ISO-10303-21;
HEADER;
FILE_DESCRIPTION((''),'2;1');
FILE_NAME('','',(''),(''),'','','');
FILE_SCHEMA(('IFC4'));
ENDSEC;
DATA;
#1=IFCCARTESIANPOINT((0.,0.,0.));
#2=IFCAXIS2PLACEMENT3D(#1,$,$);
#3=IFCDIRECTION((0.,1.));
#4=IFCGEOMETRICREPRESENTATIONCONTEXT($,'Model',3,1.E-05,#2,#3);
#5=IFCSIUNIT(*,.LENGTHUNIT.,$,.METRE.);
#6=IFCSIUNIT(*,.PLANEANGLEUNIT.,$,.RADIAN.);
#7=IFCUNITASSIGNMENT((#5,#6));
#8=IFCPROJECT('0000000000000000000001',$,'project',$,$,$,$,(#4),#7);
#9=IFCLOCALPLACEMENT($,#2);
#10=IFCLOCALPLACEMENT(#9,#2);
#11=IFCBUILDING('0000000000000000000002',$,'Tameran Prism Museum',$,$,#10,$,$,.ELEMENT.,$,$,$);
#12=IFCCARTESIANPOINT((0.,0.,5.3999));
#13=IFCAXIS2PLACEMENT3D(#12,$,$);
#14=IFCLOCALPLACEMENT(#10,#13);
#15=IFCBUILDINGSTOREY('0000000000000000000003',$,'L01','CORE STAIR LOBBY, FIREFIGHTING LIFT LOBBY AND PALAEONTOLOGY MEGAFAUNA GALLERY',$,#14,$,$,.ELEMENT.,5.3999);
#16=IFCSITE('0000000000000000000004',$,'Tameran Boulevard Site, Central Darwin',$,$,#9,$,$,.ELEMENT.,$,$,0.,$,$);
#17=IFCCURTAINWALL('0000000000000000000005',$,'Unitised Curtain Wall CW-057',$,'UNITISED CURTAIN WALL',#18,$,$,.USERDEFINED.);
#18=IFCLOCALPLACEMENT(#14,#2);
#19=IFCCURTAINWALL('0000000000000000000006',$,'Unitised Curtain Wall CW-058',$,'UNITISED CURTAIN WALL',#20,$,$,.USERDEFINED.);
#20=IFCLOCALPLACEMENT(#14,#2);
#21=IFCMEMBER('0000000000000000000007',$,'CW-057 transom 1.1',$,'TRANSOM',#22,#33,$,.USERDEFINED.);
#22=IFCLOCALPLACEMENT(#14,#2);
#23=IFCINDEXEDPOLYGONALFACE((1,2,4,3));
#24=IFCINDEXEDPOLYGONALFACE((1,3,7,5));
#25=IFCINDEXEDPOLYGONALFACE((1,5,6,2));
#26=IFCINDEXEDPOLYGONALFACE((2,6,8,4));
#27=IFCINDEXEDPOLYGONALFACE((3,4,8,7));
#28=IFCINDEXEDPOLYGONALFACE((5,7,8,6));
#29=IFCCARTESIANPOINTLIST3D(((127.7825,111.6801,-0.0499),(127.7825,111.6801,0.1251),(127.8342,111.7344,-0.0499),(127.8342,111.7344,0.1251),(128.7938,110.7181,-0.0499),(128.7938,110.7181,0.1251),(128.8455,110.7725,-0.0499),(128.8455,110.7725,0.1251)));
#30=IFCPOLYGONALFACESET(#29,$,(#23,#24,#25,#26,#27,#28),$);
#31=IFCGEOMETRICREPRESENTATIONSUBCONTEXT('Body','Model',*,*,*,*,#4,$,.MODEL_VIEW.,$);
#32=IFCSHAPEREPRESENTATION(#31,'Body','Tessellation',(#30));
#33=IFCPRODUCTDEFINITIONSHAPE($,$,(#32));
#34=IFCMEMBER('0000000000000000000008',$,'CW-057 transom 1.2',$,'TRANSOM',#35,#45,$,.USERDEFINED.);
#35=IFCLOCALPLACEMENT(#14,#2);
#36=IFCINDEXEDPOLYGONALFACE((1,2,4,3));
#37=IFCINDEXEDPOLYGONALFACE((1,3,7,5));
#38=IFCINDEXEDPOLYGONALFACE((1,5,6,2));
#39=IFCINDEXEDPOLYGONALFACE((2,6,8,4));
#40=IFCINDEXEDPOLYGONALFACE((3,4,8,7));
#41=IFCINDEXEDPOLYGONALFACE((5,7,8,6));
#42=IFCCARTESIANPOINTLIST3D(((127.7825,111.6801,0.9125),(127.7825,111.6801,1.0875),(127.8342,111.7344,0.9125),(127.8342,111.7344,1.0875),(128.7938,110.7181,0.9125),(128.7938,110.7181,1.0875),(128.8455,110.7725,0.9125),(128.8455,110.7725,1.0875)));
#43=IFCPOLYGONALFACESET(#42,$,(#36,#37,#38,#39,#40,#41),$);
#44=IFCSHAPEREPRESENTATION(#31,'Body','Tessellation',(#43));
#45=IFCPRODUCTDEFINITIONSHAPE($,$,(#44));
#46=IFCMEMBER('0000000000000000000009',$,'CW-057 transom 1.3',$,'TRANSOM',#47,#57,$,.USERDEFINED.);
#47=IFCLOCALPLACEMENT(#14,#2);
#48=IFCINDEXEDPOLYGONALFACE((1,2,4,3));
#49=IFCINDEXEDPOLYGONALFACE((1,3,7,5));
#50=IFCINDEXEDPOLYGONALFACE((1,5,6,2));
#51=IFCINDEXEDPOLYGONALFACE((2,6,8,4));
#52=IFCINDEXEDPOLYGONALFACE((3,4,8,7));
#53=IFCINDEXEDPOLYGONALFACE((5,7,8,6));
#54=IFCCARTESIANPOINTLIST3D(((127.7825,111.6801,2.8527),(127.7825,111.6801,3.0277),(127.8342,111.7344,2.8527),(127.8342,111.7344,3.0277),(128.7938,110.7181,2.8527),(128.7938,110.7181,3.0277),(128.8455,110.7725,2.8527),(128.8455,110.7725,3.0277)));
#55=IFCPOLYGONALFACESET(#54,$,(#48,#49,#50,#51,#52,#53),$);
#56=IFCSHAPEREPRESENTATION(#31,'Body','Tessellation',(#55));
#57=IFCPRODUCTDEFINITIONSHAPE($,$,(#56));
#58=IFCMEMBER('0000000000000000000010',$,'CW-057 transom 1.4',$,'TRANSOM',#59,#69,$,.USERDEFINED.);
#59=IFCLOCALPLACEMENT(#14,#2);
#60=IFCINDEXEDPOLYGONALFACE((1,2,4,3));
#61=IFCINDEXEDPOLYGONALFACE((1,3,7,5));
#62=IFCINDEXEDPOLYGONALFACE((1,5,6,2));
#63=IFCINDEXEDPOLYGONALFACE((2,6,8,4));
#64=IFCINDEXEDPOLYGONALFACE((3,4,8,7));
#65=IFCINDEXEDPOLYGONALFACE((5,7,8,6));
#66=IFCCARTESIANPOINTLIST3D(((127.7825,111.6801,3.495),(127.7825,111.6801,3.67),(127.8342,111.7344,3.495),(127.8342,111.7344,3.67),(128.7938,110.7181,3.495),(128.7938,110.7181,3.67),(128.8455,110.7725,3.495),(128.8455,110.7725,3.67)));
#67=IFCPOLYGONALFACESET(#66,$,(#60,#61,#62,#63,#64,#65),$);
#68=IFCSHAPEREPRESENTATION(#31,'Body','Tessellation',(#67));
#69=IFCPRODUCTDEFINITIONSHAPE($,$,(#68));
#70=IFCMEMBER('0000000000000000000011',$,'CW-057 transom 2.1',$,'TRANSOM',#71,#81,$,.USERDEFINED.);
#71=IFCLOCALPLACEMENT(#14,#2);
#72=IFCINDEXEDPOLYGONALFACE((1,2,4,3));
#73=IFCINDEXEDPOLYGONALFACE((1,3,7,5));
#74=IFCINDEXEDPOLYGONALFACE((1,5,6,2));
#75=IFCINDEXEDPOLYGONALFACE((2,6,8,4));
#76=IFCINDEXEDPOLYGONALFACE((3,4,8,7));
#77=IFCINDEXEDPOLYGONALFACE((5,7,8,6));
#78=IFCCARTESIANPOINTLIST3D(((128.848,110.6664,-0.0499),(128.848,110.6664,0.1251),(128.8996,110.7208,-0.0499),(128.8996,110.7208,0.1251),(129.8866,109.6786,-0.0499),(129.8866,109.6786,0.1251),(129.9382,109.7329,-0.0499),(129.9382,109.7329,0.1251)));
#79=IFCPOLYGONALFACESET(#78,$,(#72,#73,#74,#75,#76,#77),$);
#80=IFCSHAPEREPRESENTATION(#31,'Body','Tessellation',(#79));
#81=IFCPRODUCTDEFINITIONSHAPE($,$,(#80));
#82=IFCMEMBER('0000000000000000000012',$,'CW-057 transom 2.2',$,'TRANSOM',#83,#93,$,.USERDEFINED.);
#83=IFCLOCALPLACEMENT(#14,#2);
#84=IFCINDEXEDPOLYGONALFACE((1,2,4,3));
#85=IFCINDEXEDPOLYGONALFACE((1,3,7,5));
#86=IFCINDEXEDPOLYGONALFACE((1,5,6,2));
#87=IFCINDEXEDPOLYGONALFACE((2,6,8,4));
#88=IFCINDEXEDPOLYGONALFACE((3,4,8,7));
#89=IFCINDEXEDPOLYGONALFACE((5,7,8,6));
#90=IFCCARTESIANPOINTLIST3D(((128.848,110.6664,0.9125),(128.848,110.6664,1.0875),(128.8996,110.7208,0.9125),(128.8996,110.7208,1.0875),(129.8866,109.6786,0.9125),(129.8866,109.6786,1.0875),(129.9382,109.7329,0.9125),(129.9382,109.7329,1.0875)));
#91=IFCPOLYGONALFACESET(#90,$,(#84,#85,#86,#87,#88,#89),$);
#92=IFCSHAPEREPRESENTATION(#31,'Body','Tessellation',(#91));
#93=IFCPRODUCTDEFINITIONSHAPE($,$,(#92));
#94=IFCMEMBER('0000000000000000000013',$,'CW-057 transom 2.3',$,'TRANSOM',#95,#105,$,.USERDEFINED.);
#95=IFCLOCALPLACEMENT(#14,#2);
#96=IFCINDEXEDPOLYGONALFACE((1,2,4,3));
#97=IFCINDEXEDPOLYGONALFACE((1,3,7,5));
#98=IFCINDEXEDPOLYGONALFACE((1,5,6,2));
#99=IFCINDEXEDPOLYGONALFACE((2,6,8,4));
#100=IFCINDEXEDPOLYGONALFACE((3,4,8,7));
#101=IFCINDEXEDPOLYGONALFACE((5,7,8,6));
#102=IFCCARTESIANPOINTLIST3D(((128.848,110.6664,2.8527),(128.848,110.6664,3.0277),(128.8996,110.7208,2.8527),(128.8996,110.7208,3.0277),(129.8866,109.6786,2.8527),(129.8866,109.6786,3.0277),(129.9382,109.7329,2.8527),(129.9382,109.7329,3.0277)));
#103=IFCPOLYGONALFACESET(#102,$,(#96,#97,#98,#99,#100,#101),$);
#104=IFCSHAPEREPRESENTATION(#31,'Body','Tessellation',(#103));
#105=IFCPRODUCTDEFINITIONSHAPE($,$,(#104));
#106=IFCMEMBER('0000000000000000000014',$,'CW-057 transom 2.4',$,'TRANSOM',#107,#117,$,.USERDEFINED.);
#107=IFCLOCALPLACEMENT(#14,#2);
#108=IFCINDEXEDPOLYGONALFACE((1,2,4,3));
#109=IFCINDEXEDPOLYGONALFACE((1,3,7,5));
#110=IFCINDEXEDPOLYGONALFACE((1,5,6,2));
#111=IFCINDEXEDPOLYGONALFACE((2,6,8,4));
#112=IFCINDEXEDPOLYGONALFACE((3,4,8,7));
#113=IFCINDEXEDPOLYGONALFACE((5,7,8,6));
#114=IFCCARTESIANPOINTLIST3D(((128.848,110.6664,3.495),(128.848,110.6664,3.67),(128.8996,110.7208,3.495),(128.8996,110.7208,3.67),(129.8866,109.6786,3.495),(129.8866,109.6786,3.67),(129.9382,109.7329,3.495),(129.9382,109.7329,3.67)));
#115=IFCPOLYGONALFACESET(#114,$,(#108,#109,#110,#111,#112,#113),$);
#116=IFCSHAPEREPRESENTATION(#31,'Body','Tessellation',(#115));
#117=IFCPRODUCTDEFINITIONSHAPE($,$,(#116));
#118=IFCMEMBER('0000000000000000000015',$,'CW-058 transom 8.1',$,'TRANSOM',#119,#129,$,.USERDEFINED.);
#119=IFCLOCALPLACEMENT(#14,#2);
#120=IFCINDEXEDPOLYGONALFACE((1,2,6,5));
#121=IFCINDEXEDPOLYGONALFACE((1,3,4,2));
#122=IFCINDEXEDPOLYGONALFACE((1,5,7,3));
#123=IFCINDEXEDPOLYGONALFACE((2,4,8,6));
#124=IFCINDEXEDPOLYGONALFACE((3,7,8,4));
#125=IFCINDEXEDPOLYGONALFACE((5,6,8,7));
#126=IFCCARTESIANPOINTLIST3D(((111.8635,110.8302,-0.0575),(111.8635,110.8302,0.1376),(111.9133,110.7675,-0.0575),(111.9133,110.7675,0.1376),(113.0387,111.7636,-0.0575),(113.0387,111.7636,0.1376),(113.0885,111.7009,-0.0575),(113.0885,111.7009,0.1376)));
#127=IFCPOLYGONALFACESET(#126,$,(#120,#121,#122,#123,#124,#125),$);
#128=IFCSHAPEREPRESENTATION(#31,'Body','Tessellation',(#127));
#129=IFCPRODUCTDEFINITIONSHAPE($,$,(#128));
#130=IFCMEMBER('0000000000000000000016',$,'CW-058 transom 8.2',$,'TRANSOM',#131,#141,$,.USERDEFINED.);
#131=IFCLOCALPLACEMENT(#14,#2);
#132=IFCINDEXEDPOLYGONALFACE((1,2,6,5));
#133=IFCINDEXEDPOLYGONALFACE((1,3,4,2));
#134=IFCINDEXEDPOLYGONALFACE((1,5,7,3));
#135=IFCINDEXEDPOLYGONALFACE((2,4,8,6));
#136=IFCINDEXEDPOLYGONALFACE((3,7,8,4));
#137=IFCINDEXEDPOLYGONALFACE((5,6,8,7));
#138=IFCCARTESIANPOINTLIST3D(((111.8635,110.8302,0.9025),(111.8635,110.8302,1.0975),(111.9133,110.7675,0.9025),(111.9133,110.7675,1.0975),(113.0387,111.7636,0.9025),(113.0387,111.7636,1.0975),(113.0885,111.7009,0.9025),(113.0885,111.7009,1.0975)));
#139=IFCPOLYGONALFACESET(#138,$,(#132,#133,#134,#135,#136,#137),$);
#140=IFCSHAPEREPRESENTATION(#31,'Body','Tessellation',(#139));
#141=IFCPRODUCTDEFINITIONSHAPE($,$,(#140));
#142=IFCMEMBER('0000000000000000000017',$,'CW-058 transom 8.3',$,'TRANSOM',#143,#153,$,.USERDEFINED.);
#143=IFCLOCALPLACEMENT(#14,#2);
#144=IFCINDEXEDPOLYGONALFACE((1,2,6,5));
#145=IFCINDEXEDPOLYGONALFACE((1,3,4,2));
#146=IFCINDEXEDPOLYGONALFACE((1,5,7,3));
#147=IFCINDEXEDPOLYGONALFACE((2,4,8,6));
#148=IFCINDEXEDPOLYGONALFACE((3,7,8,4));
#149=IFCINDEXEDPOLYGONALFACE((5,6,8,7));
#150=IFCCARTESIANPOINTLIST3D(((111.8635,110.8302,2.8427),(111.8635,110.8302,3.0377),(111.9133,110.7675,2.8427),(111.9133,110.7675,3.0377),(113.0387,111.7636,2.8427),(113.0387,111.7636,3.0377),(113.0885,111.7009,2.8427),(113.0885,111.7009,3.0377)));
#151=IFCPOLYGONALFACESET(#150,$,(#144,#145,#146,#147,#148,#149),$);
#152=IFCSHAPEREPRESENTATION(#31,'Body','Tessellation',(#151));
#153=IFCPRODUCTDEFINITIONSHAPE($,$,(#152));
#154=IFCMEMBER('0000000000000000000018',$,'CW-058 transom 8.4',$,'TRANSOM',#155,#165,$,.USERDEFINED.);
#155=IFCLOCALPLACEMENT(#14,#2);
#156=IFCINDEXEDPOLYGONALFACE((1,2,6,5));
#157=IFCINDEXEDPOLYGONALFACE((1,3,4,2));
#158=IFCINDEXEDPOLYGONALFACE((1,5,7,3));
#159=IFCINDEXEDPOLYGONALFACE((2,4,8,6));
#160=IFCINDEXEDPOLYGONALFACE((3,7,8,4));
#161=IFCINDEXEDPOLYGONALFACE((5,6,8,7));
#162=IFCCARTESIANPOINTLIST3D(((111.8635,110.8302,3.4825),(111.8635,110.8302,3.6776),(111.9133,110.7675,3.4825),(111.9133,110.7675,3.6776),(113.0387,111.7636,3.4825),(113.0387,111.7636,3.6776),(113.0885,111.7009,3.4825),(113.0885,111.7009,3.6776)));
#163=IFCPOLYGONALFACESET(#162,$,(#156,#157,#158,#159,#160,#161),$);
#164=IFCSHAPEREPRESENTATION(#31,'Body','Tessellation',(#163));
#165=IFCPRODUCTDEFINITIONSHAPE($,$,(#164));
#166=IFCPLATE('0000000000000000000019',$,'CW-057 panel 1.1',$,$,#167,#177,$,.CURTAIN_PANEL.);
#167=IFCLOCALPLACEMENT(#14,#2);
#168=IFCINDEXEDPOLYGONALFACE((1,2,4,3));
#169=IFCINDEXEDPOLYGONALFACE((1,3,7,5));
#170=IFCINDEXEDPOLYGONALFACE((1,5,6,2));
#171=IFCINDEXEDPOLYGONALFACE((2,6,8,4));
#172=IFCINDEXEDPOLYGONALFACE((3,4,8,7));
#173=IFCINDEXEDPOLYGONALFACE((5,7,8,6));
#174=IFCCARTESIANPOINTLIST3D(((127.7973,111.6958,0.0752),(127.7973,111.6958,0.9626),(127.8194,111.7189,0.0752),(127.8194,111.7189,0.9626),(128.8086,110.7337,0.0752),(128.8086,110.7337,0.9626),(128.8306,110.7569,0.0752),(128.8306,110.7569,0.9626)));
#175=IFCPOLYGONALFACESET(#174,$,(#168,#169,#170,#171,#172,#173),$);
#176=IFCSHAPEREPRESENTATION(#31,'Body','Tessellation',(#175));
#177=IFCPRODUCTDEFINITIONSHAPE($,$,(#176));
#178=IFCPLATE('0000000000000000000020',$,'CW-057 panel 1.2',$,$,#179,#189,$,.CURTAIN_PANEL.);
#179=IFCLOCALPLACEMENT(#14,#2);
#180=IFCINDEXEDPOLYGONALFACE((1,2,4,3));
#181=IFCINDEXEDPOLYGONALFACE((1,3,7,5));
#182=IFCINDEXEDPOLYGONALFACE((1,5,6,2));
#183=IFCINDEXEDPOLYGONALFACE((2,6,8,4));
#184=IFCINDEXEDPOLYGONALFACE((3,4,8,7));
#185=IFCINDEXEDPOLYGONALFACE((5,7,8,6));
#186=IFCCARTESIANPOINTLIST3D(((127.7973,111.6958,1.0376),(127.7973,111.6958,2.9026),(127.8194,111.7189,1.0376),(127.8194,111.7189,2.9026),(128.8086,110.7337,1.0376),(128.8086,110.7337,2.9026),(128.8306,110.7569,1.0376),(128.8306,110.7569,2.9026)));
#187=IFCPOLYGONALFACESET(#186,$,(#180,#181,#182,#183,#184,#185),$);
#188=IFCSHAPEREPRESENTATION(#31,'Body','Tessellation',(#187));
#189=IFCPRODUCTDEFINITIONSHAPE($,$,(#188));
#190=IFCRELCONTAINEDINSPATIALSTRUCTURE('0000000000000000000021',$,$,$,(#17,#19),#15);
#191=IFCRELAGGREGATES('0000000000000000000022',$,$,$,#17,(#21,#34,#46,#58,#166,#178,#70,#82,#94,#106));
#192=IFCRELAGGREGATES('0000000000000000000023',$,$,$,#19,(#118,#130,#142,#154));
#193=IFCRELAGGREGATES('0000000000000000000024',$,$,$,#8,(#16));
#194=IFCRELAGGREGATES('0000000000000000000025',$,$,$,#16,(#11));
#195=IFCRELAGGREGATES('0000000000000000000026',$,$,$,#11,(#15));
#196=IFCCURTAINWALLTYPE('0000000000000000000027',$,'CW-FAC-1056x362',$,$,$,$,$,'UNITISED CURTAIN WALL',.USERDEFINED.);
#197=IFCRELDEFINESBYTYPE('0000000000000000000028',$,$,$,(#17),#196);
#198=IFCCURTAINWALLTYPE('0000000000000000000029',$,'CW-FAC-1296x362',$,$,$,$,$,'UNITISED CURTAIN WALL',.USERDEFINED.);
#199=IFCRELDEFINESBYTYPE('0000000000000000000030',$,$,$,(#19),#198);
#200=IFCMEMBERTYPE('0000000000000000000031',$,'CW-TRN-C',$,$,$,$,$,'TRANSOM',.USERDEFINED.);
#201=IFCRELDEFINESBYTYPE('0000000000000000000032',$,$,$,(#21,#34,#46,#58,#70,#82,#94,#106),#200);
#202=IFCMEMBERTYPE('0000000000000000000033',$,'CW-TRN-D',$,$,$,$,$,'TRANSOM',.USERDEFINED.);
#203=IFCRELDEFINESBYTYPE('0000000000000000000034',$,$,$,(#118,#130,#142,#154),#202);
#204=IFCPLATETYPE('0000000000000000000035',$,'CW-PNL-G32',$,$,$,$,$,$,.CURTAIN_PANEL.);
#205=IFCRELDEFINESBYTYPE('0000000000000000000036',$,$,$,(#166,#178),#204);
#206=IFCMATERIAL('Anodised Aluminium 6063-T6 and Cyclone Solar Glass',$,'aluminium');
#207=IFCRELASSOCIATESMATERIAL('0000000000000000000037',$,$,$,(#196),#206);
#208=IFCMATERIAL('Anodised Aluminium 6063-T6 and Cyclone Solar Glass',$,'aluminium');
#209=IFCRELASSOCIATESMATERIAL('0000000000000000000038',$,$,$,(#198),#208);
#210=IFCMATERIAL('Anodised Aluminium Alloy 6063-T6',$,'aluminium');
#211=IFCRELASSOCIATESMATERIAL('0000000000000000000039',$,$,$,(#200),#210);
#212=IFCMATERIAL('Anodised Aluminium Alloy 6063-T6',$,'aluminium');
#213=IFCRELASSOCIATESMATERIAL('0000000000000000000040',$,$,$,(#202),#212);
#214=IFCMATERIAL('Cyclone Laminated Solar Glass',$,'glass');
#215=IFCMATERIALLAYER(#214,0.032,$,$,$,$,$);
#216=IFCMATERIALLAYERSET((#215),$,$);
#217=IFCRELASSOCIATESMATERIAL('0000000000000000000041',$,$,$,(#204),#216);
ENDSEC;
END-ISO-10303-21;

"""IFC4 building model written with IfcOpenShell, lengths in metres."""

from ifc_helpers import new_model, si_unit, direction, frame, origin, origin_2d, place, context, subcontext, project, spatial, rectangle, extrude, material, layer, layer_set, material_profile, profile_set, type_object, element, aggregate, save


model = new_model("IFC4")

# Units and contexts
model_context = context("Model", 3, precision=1e-05, world=origin(), true_north=direction((0.0, 1.0)))
body_context = subcontext(model_context, "Body", "Model", "MODEL_VIEW")
ifc_project = project(units=[si_unit("LENGTHUNIT", "METRE"), si_unit("PLANEANGLEUNIT", "RADIAN")], contexts=[model_context])

# Site, building, storey
site_placement = place(None, origin())
site = spatial("IfcSite", under=ifc_project, at=site_placement, Name="Tameran Boulevard Site, Central Darwin", CompositionType="ELEMENT", RefElevation=0.0)
building_placement = place(site_placement, origin())
building = spatial("IfcBuilding", under=site, at=building_placement, Name="Tameran Prism Museum", CompositionType="ELEMENT")
storey_placement = place(building_placement, frame((0.0, 0.0, 5.3999)))
storey = spatial("IfcBuildingStorey", under=building, at=storey_placement, Name="L01", Description="CORE STAIR LOBBY, FIREFIGHTING LIFT LOBBY AND PALAEONTOLOGY MEGAFAUNA GALLERY", CompositionType="ELEMENT", Elevation=5.3999)

# Curtain walls
ifc_material_1 = material(Name="Anodised Aluminium 6063-T6 and Cyclone Solar Glass", Category="aluminium")
curtain_wall_type_1 = type_object("IfcCurtainWallType", Name="CW-FAC-1056x362", ElementType="UNITISED CURTAIN WALL", PredefinedType="USERDEFINED", material=ifc_material_1)
curtain_wall_1_placement = place(storey_placement, origin())
curtain_wall_1 = element("IfcCurtainWall", 1, at=curtain_wall_1_placement, inside=storey, type_object=curtain_wall_type_1, Name="Unitised Curtain Wall CW-057", ObjectType="UNITISED CURTAIN WALL", PredefinedType="USERDEFINED")
ifc_material_2 = material(Name="Anodised Aluminium 6063-T6 and Cyclone Solar Glass", Category="aluminium")
curtain_wall_type_2 = type_object("IfcCurtainWallType", Name="CW-FAC-1296x362", ElementType="UNITISED CURTAIN WALL", PredefinedType="USERDEFINED", material=ifc_material_2)
curtain_wall_2_placement = place(storey_placement, origin())
curtain_wall_2 = element("IfcCurtainWall", 2, at=curtain_wall_2_placement, inside=storey, type_object=curtain_wall_type_2, Name="Unitised Curtain Wall CW-058", ObjectType="UNITISED CURTAIN WALL", PredefinedType="USERDEFINED")

# Members
ifc_material_3 = material(Name="Anodised Aluminium Alloy 6063-T6", Category="aluminium")
ifc_material_profile_1 = material_profile(ifc_material_3, rectangle(XDim=0.075, YDim=0.175, at=origin_2d()))
ifc_profile_set_1 = profile_set([ifc_material_profile_1])
member_type_1 = type_object("IfcMemberType", Name="CW-TRN-C", ElementType="TRANSOM", PredefinedType="USERDEFINED", material=ifc_profile_set_1)
member_1_placement = place(storey_placement, frame((127.8083, 111.7073, 0.0376), z_axis=(0.724554, -0.689218, 0.0), x_axis=(0.689218, 0.724554, 0.0)))
member_1 = element("IfcMember", 3, at=member_1_placement, type_object=member_type_1, Name="CW-057 transom 1.1", ObjectType="TRANSOM", PredefinedType="USERDEFINED", context=body_context, shape_type="SweptSolid", body=[
    extrude(rectangle(XDim=0.075, YDim=0.175, at=origin_2d()), origin(), (0.0, 0.0, 1.0), 1.3958),
])
member_2_placement = place(storey_placement, frame((127.8083, 111.7073, 1.0), z_axis=(0.724554, -0.689218, 0.0), x_axis=(0.689218, 0.724554, 0.0)))
member_2 = element("IfcMember", 4, at=member_2_placement, type_object=member_type_1, Name="CW-057 transom 1.2", ObjectType="TRANSOM", PredefinedType="USERDEFINED", context=body_context, shape_type="SweptSolid", body=[
    extrude(rectangle(XDim=0.075, YDim=0.175, at=origin_2d()), origin(), (0.0, 0.0, 1.0), 1.3958),
])
member_3_placement = place(storey_placement, frame((127.8083, 111.7073, 2.9402), z_axis=(0.724554, -0.689218, 0.0), x_axis=(0.689218, 0.724554, 0.0)))
member_3 = element("IfcMember", 5, at=member_3_placement, type_object=member_type_1, Name="CW-057 transom 1.3", ObjectType="TRANSOM", PredefinedType="USERDEFINED", context=body_context, shape_type="SweptSolid", body=[
    extrude(rectangle(XDim=0.075, YDim=0.175, at=origin_2d()), origin(), (0.0, 0.0, 1.0), 1.3958),
])
member_4_placement = place(storey_placement, frame((127.8083, 111.7073, 3.5825), z_axis=(0.724554, -0.689218, 0.0), x_axis=(0.689218, 0.724554, 0.0)))
member_4 = element("IfcMember", 6, at=member_4_placement, type_object=member_type_1, Name="CW-057 transom 1.4", ObjectType="TRANSOM", PredefinedType="USERDEFINED", context=body_context, shape_type="SweptSolid", body=[
    extrude(rectangle(XDim=0.075, YDim=0.175, at=origin_2d()), origin(), (0.0, 0.0, 1.0), 1.3958),
])
member_5_placement = place(storey_placement, frame((128.8738, 110.6936, 0.0376), z_axis=(0.7246, -0.68917, 0.0), x_axis=(0.68917, 0.7246, 0.0)))
member_5 = element("IfcMember", 7, at=member_5_placement, type_object=member_type_1, Name="CW-057 transom 2.1", ObjectType="TRANSOM", PredefinedType="USERDEFINED", context=body_context, shape_type="SweptSolid", body=[
    extrude(rectangle(XDim=0.075, YDim=0.175, at=origin_2d()), origin(), (0.0, 0.0, 1.0), 1.4333),
])
member_6_placement = place(storey_placement, frame((128.8738, 110.6936, 1.0), z_axis=(0.7246, -0.68917, 0.0), x_axis=(0.68917, 0.7246, 0.0)))
member_6 = element("IfcMember", 8, at=member_6_placement, type_object=member_type_1, Name="CW-057 transom 2.2", ObjectType="TRANSOM", PredefinedType="USERDEFINED", context=body_context, shape_type="SweptSolid", body=[
    extrude(rectangle(XDim=0.075, YDim=0.175, at=origin_2d()), origin(), (0.0, 0.0, 1.0), 1.4333),
])
member_7_placement = place(storey_placement, frame((128.8738, 110.6936, 2.9402), z_axis=(0.7246, -0.68917, 0.0), x_axis=(0.68917, 0.7246, 0.0)))
member_7 = element("IfcMember", 9, at=member_7_placement, type_object=member_type_1, Name="CW-057 transom 2.3", ObjectType="TRANSOM", PredefinedType="USERDEFINED", context=body_context, shape_type="SweptSolid", body=[
    extrude(rectangle(XDim=0.075, YDim=0.175, at=origin_2d()), origin(), (0.0, 0.0, 1.0), 1.4333),
])
member_8_placement = place(storey_placement, frame((128.8738, 110.6936, 3.5825), z_axis=(0.7246, -0.68917, 0.0), x_axis=(0.68917, 0.7246, 0.0)))
member_8 = element("IfcMember", 10, at=member_8_placement, type_object=member_type_1, Name="CW-057 transom 2.4", ObjectType="TRANSOM", PredefinedType="USERDEFINED", context=body_context, shape_type="SweptSolid", body=[
    extrude(rectangle(XDim=0.075, YDim=0.175, at=origin_2d()), origin(), (0.0, 0.0, 1.0), 1.4333),
])
ifc_material_4 = material(Name="Anodised Aluminium Alloy 6063-T6", Category="aluminium")
ifc_material_profile_2 = material_profile(ifc_material_4, rectangle(XDim=0.0801, YDim=0.1951, at=origin_2d()))
ifc_profile_set_2 = profile_set([ifc_material_profile_2])
member_type_2 = type_object("IfcMemberType", Name="CW-TRN-D", ElementType="TRANSOM", PredefinedType="USERDEFINED", material=ifc_profile_set_2)
member_9_placement = place(storey_placement, frame((111.8884, 110.7988, 0.04), z_axis=(0.783039, 0.621973, 0.0), x_axis=(-0.621973, 0.783039, 0.0)))
member_9 = element("IfcMember", 11, at=member_9_placement, type_object=member_type_2, Name="CW-058 transom 8.1", ObjectType="TRANSOM", PredefinedType="USERDEFINED", context=body_context, shape_type="SweptSolid", body=[
    extrude(rectangle(XDim=0.0801, YDim=0.1951, at=origin_2d()), origin(), (0.0, 0.0, 1.0), 1.5007),
])
member_10_placement = place(storey_placement, frame((111.8884, 110.7988, 1.0), z_axis=(0.783039, 0.621973, 0.0), x_axis=(-0.621973, 0.783039, 0.0)))
member_10 = element("IfcMember", 12, at=member_10_placement, type_object=member_type_2, Name="CW-058 transom 8.2", ObjectType="TRANSOM", PredefinedType="USERDEFINED", context=body_context, shape_type="SweptSolid", body=[
    extrude(rectangle(XDim=0.0801, YDim=0.1951, at=origin_2d()), origin(), (0.0, 0.0, 1.0), 1.5007),
])
member_11_placement = place(storey_placement, frame((111.8884, 110.7988, 2.9402), z_axis=(0.783039, 0.621973, 0.0), x_axis=(-0.621973, 0.783039, 0.0)))
member_11 = element("IfcMember", 13, at=member_11_placement, type_object=member_type_2, Name="CW-058 transom 8.3", ObjectType="TRANSOM", PredefinedType="USERDEFINED", context=body_context, shape_type="SweptSolid", body=[
    extrude(rectangle(XDim=0.0801, YDim=0.1951, at=origin_2d()), origin(), (0.0, 0.0, 1.0), 1.5007),
])
member_12_placement = place(storey_placement, frame((111.8884, 110.7988, 3.5801), z_axis=(0.783039, 0.621973, 0.0), x_axis=(-0.621973, 0.783039, 0.0)))
member_12 = element("IfcMember", 14, at=member_12_placement, type_object=member_type_2, Name="CW-058 transom 8.4", ObjectType="TRANSOM", PredefinedType="USERDEFINED", context=body_context, shape_type="SweptSolid", body=[
    extrude(rectangle(XDim=0.0801, YDim=0.1951, at=origin_2d()), origin(), (0.0, 0.0, 1.0), 1.5007),
])

# Plates
ifc_material_5 = material(Name="Cyclone Laminated Solar Glass", Category="glass")
ifc_layer_1 = layer(ifc_material_5, 0.032)
ifc_layer_set_1 = layer_set([ifc_layer_1])
plate_type = type_object("IfcPlateType", Name="CW-PNL-G32", PredefinedType="CURTAIN_PANEL", material=ifc_layer_set_1)
plate_1_placement = place(storey_placement, frame((128.314, 111.2263, 0.0752), z_axis=(0.0, 0.0, 1.0), x_axis=(0.724505, -0.68927, 0.0)))
plate_1 = element("IfcPlate", 15, at=plate_1_placement, type_object=plate_type, Name="CW-057 panel 1.1", PredefinedType="CURTAIN_PANEL", context=body_context, shape_type="SweptSolid", body=[
    extrude(rectangle(XDim=1.3958, YDim=0.032, at=origin_2d()), origin(), (0.0, 0.0, 1.0), 0.8875),
])
plate_2_placement = place(storey_placement, frame((128.314, 111.2263, 1.0376), z_axis=(0.0, 0.0, 1.0), x_axis=(0.724505, -0.68927, 0.0)))
plate_2 = element("IfcPlate", 16, at=plate_2_placement, type_object=plate_type, Name="CW-057 panel 1.2", PredefinedType="CURTAIN_PANEL", context=body_context, shape_type="SweptSolid", body=[
    extrude(rectangle(XDim=1.3958, YDim=0.032, at=origin_2d()), origin(), (0.0, 0.0, 1.0), 1.865),
])
aggregate(curtain_wall_1, [member_1, member_2, member_3, member_4, plate_1, plate_2, member_5, member_6, member_7, member_8])
aggregate(curtain_wall_2, [member_9, member_10, member_11, member_12])

save(model, "model.ifc")
